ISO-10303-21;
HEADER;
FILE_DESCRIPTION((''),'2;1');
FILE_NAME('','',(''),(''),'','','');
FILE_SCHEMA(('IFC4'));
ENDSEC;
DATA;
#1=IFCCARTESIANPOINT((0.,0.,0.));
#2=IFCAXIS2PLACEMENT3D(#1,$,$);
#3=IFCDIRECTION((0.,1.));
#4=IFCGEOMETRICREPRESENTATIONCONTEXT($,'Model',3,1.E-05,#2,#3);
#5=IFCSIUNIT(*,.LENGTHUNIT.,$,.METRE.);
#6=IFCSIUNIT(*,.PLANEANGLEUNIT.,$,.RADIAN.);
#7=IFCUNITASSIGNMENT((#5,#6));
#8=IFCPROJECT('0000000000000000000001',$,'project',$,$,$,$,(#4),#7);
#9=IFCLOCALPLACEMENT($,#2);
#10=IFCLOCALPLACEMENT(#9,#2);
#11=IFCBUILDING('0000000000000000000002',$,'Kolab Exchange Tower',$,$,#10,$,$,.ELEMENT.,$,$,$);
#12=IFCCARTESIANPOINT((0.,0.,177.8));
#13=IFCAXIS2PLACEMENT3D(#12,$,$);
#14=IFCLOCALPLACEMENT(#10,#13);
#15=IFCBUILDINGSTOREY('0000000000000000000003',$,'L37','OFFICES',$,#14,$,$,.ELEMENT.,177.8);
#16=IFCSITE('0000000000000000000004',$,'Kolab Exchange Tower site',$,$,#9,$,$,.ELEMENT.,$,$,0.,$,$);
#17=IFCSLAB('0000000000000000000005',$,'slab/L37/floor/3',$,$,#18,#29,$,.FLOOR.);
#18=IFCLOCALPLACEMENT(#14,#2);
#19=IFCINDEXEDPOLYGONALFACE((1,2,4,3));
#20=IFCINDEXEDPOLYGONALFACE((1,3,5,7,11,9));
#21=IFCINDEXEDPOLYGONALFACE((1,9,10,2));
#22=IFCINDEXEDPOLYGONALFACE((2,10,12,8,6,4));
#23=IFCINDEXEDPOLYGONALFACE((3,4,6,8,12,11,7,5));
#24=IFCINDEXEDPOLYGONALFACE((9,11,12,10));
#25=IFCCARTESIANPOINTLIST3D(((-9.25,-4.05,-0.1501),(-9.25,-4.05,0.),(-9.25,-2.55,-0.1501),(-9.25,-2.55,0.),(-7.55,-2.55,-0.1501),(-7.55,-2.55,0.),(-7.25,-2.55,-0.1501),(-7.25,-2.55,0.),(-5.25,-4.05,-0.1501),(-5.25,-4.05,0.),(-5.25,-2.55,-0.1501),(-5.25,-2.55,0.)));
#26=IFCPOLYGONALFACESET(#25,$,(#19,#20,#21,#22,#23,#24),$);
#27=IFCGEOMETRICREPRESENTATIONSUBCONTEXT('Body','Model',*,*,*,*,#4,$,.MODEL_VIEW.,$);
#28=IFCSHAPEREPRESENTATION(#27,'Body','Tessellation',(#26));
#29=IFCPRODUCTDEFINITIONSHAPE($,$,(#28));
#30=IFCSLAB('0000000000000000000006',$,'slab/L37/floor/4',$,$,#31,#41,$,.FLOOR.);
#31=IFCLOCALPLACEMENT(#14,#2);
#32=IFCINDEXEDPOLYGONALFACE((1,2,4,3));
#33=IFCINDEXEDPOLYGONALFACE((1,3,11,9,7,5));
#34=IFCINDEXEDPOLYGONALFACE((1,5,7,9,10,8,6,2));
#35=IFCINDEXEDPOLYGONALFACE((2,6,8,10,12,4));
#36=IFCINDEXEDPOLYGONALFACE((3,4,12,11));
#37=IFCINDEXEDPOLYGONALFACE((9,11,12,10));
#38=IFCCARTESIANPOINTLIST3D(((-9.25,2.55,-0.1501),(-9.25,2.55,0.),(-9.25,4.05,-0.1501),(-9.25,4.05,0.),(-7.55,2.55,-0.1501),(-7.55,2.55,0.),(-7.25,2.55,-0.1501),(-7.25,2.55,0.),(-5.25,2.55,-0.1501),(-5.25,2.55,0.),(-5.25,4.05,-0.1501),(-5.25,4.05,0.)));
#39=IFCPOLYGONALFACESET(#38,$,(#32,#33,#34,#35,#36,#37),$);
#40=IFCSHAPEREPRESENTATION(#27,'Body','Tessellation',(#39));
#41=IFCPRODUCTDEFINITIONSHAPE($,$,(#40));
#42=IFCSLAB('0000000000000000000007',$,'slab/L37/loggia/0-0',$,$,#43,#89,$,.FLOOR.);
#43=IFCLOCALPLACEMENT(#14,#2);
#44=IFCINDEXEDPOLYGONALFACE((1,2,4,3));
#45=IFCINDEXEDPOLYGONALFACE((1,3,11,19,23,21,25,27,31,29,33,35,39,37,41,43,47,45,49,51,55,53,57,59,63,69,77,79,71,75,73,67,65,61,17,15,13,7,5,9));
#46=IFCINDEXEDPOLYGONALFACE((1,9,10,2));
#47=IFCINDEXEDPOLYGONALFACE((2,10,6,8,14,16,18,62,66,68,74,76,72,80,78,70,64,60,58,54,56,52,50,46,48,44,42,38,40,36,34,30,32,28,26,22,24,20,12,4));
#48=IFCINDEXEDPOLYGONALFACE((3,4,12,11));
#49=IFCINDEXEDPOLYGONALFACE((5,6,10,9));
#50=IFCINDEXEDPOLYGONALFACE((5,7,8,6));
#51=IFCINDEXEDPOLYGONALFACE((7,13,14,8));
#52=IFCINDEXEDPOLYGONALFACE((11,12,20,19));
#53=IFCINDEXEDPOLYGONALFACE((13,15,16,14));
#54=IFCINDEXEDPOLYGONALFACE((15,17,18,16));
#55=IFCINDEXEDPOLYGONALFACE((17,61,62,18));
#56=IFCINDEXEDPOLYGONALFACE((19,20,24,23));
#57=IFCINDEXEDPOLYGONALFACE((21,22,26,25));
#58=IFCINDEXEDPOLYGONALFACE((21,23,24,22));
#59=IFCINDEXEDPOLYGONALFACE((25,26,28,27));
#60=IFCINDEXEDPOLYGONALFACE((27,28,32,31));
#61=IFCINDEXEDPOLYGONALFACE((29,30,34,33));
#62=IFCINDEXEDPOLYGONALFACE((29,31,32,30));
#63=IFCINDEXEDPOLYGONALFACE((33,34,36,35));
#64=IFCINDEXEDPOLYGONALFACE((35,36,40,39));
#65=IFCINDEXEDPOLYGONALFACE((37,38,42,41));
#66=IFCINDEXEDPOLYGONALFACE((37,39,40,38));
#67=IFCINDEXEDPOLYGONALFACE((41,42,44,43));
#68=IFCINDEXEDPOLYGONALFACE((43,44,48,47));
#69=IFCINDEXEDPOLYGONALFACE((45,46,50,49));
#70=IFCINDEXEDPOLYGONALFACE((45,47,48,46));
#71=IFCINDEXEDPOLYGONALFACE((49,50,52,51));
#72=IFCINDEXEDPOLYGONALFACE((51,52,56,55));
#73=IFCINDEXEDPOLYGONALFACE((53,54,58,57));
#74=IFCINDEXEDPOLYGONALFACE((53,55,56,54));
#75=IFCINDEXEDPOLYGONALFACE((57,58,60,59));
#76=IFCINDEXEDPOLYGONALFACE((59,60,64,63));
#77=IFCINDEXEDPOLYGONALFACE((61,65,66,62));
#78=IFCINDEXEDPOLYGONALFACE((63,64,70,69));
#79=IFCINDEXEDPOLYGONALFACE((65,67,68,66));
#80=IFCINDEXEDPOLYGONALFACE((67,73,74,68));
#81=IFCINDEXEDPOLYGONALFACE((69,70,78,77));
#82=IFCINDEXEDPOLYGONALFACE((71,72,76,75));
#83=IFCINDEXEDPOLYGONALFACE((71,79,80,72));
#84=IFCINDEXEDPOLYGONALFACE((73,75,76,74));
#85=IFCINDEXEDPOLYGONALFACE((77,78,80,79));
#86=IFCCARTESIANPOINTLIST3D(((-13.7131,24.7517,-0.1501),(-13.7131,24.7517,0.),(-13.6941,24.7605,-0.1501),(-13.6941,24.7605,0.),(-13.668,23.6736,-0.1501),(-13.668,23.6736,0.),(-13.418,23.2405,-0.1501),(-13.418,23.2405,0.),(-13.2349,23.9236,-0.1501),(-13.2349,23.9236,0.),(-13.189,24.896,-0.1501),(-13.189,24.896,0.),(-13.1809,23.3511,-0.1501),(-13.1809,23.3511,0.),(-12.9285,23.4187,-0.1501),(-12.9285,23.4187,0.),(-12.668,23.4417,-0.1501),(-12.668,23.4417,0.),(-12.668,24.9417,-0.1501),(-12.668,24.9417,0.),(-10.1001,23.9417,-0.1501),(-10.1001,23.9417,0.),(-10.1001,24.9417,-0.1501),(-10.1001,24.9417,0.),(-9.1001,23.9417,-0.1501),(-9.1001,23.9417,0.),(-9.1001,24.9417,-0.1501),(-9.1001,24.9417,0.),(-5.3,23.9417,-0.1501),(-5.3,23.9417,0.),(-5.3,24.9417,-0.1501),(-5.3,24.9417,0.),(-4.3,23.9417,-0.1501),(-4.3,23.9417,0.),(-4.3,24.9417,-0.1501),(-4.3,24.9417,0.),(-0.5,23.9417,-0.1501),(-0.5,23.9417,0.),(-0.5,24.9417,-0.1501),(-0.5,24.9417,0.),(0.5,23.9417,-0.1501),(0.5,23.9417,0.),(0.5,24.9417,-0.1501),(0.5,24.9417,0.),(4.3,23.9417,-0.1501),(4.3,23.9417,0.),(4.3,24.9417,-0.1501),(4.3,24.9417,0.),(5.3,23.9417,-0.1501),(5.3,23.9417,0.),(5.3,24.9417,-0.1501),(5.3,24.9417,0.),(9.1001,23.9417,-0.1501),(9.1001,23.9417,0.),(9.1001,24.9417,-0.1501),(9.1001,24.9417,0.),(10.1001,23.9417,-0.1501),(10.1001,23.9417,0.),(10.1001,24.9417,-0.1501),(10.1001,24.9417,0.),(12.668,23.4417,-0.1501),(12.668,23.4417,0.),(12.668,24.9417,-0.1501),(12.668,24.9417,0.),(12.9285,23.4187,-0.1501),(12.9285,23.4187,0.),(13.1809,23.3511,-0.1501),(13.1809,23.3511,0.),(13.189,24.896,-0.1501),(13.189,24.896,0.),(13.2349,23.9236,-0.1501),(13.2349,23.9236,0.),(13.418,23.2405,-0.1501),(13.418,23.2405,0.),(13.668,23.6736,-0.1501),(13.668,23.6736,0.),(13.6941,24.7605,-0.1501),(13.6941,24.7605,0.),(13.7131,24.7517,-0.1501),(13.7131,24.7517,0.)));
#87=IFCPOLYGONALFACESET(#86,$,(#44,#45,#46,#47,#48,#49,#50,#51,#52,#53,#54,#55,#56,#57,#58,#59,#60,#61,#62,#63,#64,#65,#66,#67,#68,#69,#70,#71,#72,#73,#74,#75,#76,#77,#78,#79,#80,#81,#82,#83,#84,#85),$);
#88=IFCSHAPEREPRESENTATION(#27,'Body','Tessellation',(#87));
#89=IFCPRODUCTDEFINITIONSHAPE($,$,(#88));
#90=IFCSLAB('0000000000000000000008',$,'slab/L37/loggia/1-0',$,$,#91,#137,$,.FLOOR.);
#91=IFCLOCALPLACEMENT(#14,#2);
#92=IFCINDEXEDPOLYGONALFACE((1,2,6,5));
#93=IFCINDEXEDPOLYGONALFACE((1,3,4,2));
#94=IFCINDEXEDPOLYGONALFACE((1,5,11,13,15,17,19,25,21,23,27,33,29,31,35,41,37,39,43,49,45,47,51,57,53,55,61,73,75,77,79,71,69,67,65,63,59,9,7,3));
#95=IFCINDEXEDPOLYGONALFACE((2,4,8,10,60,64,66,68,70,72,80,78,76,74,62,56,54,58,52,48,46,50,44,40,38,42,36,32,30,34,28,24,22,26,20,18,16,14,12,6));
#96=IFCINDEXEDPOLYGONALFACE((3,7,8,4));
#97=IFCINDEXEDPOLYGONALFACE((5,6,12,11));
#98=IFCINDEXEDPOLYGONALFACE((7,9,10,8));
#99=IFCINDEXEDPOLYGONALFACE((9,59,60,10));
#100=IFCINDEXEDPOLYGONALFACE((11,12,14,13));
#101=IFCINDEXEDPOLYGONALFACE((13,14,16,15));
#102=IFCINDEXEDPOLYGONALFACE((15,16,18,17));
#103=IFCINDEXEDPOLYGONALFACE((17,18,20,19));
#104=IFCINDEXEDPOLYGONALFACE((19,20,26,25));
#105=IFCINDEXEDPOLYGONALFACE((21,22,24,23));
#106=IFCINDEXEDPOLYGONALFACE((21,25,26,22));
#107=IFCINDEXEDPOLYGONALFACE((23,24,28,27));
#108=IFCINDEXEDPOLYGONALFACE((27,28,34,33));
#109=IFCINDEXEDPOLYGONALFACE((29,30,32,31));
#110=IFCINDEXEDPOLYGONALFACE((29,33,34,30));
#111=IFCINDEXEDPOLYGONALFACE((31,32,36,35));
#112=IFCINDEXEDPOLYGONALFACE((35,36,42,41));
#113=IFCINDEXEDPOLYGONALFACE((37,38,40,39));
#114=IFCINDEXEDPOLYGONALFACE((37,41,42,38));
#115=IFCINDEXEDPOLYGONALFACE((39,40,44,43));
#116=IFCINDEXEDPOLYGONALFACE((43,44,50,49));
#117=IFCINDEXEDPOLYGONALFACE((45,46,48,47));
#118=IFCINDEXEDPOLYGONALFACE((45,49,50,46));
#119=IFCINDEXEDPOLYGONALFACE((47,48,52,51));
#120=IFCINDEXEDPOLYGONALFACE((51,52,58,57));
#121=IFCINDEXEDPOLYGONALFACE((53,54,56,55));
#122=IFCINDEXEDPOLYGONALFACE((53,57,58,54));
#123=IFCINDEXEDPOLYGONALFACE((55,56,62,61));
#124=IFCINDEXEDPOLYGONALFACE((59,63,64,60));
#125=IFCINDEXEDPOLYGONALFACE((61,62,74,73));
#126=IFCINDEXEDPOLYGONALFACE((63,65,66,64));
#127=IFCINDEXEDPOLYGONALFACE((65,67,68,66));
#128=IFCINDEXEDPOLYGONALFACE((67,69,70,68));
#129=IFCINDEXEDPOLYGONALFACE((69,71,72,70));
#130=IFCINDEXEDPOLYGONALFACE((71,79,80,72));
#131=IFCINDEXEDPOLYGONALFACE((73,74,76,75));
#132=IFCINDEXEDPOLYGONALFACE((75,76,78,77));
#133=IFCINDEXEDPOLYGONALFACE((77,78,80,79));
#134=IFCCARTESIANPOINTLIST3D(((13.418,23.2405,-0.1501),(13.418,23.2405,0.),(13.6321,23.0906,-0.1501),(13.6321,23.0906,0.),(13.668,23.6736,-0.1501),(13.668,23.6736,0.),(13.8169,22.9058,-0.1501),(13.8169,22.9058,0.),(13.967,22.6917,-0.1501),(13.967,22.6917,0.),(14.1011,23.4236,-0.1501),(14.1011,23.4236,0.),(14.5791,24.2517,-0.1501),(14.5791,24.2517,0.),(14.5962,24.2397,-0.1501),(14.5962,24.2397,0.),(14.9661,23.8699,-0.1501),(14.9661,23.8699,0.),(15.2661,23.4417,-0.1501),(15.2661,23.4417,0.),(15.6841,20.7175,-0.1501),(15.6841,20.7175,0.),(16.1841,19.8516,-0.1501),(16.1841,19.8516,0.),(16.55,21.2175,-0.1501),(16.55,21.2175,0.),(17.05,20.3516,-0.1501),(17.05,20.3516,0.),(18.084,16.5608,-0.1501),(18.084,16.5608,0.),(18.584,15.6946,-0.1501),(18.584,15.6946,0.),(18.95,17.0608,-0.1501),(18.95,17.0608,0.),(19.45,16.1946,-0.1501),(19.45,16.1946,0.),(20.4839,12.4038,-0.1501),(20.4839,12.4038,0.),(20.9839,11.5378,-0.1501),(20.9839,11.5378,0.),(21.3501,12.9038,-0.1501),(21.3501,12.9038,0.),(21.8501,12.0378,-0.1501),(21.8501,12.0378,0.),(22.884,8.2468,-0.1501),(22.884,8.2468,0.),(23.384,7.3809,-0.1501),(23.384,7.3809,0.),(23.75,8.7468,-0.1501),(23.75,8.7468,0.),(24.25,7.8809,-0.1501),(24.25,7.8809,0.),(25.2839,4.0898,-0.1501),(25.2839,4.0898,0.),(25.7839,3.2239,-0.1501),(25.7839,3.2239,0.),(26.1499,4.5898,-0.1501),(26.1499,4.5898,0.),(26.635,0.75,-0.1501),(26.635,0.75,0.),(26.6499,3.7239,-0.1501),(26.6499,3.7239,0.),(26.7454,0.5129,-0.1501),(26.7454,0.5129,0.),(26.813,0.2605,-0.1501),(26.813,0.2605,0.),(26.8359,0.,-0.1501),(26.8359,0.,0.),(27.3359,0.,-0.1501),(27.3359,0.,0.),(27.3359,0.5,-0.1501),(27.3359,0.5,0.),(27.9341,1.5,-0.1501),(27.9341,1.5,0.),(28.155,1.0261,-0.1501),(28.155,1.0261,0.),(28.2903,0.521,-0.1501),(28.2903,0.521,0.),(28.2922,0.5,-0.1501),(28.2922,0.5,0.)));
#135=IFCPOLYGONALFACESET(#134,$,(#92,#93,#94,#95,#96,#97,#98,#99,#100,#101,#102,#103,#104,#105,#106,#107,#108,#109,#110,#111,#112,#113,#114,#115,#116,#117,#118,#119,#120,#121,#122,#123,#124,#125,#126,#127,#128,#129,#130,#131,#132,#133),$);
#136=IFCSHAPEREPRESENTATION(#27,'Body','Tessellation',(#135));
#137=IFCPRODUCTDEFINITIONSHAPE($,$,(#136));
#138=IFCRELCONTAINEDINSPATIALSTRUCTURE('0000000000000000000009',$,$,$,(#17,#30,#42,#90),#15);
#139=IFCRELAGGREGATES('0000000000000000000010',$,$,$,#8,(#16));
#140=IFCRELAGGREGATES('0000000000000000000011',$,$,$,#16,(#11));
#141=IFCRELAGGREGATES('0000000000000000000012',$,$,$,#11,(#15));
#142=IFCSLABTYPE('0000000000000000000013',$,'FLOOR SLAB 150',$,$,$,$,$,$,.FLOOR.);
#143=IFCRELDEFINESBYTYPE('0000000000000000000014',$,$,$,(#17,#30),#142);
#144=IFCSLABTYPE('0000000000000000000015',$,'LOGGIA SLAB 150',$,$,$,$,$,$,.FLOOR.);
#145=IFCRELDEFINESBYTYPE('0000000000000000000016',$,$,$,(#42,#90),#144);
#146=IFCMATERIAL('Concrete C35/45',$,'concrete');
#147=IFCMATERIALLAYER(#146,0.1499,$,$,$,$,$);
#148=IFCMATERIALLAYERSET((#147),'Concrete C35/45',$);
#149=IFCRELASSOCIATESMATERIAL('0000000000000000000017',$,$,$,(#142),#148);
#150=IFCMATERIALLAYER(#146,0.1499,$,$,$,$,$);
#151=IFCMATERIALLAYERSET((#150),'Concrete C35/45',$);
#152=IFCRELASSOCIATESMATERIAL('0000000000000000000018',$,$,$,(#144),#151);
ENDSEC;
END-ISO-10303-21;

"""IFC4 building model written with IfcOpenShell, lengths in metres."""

from ifc_helpers import new_model, si_unit, direction, frame, origin, place, context, subcontext, project, spatial, polyline, outline, extrude, material, layer, layer_set, type_object, element, save


model = new_model("IFC4")

# Units and contexts
model_context = context("Model", 3, precision=1e-05, world=origin(), true_north=direction((0.0, 1.0)))
body_context = subcontext(model_context, "Body", "Model", "MODEL_VIEW")
ifc_project = project(units=[si_unit("LENGTHUNIT", "METRE"), si_unit("PLANEANGLEUNIT", "RADIAN")], contexts=[model_context])

# Site, building, storey
site_placement = place(None, origin())
site = spatial("IfcSite", under=ifc_project, at=site_placement, Name="Kolab Exchange Tower site", CompositionType="ELEMENT", RefElevation=0.0)
building_placement = place(site_placement, origin())
building = spatial("IfcBuilding", under=site, at=building_placement, Name="Kolab Exchange Tower", CompositionType="ELEMENT")
storey_placement = place(building_placement, frame((0.0, 0.0, 177.8)))
storey = spatial("IfcBuildingStorey", under=building, at=storey_placement, Name="L37", Description="OFFICES", CompositionType="ELEMENT", Elevation=177.8)

# Slabs
ifc_material_1 = material(Name="Concrete C35/45", Category="concrete")
ifc_layer_1 = layer(ifc_material_1, 0.1499)
ifc_layer_set_1 = layer_set([ifc_layer_1], Name="Concrete C35/45")
slab_type_1 = type_object("IfcSlabType", Name="FLOOR SLAB 150", PredefinedType="FLOOR", material=ifc_layer_set_1)
slab_1_placement = place(storey_placement, frame((0.0, 0.0, -0.1501)))
element("IfcSlab", 1, at=slab_1_placement, inside=storey, type_object=slab_type_1, Name="slab/L37/floor/3", PredefinedType="FLOOR", context=body_context, shape_type="SweptSolid", body=[
    extrude(outline(polyline([(-7.55, -2.55), (-9.25, -2.55), (-9.25, -4.05), (-5.25, -4.05), (-5.25, -2.55), (-7.25, -2.55), (-7.55, -2.55)])), origin(), (0.0, 0.0, 1.0), 0.1501),
])
slab_2_placement = place(storey_placement, frame((0.0, 0.0, -0.1501)))
element("IfcSlab", 2, at=slab_2_placement, inside=storey, type_object=slab_type_1, Name="slab/L37/floor/4", PredefinedType="FLOOR", context=body_context, shape_type="SweptSolid", body=[
    extrude(outline(polyline([(-9.25, 2.55), (-7.55, 2.55), (-7.25, 2.55), (-5.25, 2.55), (-5.25, 4.05), (-9.25, 4.05), (-9.25, 2.55)])), origin(), (0.0, 0.0, 1.0), 0.1501),
])
ifc_layer_2 = layer(ifc_material_1, 0.1499)
ifc_layer_set_2 = layer_set([ifc_layer_2], Name="Concrete C35/45")
slab_type_2 = type_object("IfcSlabType", Name="LOGGIA SLAB 150", PredefinedType="FLOOR", material=ifc_layer_set_2)
slab_3_placement = place(storey_placement, frame((0.0, 0.0, -0.1501)))
element("IfcSlab", 3, at=slab_3_placement, inside=storey, type_object=slab_type_2, Name="slab/L37/loggia/0-0", PredefinedType="FLOOR", context=body_context, shape_type="SweptSolid", body=[
    extrude(outline(polyline([(13.418, 23.2405), (13.668, 23.6736), (13.2349, 23.9236), (13.7131, 24.7517), (13.6941, 24.7605), (13.189, 24.896), (12.668, 24.9417), (10.1001, 24.9417), (10.1001, 23.9417), (9.1001, 23.9417), (9.1001, 24.9417), (5.3, 24.9417), (5.3, 23.9417), (4.3, 23.9417), (4.3, 24.9417), (0.5, 24.9417), (0.5, 23.9417), (-0.5, 23.9417), (-0.5, 24.9417), (-4.3, 24.9417), (-4.3, 23.9417), (-5.3, 23.9417), (-5.3, 24.9417), (-9.1001, 24.9417), (-9.1001, 23.9417), (-10.1001, 23.9417), (-10.1001, 24.9417), (-12.668, 24.9417), (-13.189, 24.896), (-13.6941, 24.7605), (-13.7131, 24.7517), (-13.2349, 23.9236), (-13.668, 23.6736), (-13.418, 23.2405), (-13.1809, 23.3511), (-12.9285, 23.4187), (-12.668, 23.4417), (12.668, 23.4417), (12.9285, 23.4187), (13.1809, 23.3511), (13.418, 23.2405)])), origin(), (0.0, 0.0, 1.0), 0.1501),
])
slab_4_placement = place(storey_placement, frame((0.0, 0.0, -0.1501)))
element("IfcSlab", 4, at=slab_4_placement, inside=storey, type_object=slab_type_2, Name="slab/L37/loggia/1-0", PredefinedType="FLOOR", context=body_context, shape_type="SweptSolid", body=[
    extrude(outline(polyline([(26.8359, 0.0), (27.3359, 0.0), (27.3359, 0.5), (28.2922, 0.5), (28.2903, 0.521), (28.155, 1.0261), (27.9341, 1.5), (26.6499, 3.7239), (25.7839, 3.2239), (25.2839, 4.0898), (26.1499, 4.5898), (24.25, 7.8809), (23.384, 7.3809), (22.884, 8.2468), (23.75, 8.7468), (21.8501, 12.0378), (20.9839, 11.5378), (20.4839, 12.4038), (21.3501, 12.9038), (19.45, 16.1946), (18.584, 15.6946), (18.084, 16.5608), (18.95, 17.0608), (17.05, 20.3516), (16.1841, 19.8516), (15.6841, 20.7175), (16.55, 21.2175), (15.2661, 23.4417), (14.9661, 23.8699), (14.5962, 24.2397), (14.5791, 24.2517), (14.1011, 23.4236), (13.668, 23.6736), (13.418, 23.2405), (13.6321, 23.0906), (13.8169, 22.9058), (13.967, 22.6917), (26.635, 0.75), (26.7454, 0.5129), (26.813, 0.2605), (26.8359, 0.0)])), origin(), (0.0, 0.0, 1.0), 0.1501),
])

save(model, "model.ifc")
